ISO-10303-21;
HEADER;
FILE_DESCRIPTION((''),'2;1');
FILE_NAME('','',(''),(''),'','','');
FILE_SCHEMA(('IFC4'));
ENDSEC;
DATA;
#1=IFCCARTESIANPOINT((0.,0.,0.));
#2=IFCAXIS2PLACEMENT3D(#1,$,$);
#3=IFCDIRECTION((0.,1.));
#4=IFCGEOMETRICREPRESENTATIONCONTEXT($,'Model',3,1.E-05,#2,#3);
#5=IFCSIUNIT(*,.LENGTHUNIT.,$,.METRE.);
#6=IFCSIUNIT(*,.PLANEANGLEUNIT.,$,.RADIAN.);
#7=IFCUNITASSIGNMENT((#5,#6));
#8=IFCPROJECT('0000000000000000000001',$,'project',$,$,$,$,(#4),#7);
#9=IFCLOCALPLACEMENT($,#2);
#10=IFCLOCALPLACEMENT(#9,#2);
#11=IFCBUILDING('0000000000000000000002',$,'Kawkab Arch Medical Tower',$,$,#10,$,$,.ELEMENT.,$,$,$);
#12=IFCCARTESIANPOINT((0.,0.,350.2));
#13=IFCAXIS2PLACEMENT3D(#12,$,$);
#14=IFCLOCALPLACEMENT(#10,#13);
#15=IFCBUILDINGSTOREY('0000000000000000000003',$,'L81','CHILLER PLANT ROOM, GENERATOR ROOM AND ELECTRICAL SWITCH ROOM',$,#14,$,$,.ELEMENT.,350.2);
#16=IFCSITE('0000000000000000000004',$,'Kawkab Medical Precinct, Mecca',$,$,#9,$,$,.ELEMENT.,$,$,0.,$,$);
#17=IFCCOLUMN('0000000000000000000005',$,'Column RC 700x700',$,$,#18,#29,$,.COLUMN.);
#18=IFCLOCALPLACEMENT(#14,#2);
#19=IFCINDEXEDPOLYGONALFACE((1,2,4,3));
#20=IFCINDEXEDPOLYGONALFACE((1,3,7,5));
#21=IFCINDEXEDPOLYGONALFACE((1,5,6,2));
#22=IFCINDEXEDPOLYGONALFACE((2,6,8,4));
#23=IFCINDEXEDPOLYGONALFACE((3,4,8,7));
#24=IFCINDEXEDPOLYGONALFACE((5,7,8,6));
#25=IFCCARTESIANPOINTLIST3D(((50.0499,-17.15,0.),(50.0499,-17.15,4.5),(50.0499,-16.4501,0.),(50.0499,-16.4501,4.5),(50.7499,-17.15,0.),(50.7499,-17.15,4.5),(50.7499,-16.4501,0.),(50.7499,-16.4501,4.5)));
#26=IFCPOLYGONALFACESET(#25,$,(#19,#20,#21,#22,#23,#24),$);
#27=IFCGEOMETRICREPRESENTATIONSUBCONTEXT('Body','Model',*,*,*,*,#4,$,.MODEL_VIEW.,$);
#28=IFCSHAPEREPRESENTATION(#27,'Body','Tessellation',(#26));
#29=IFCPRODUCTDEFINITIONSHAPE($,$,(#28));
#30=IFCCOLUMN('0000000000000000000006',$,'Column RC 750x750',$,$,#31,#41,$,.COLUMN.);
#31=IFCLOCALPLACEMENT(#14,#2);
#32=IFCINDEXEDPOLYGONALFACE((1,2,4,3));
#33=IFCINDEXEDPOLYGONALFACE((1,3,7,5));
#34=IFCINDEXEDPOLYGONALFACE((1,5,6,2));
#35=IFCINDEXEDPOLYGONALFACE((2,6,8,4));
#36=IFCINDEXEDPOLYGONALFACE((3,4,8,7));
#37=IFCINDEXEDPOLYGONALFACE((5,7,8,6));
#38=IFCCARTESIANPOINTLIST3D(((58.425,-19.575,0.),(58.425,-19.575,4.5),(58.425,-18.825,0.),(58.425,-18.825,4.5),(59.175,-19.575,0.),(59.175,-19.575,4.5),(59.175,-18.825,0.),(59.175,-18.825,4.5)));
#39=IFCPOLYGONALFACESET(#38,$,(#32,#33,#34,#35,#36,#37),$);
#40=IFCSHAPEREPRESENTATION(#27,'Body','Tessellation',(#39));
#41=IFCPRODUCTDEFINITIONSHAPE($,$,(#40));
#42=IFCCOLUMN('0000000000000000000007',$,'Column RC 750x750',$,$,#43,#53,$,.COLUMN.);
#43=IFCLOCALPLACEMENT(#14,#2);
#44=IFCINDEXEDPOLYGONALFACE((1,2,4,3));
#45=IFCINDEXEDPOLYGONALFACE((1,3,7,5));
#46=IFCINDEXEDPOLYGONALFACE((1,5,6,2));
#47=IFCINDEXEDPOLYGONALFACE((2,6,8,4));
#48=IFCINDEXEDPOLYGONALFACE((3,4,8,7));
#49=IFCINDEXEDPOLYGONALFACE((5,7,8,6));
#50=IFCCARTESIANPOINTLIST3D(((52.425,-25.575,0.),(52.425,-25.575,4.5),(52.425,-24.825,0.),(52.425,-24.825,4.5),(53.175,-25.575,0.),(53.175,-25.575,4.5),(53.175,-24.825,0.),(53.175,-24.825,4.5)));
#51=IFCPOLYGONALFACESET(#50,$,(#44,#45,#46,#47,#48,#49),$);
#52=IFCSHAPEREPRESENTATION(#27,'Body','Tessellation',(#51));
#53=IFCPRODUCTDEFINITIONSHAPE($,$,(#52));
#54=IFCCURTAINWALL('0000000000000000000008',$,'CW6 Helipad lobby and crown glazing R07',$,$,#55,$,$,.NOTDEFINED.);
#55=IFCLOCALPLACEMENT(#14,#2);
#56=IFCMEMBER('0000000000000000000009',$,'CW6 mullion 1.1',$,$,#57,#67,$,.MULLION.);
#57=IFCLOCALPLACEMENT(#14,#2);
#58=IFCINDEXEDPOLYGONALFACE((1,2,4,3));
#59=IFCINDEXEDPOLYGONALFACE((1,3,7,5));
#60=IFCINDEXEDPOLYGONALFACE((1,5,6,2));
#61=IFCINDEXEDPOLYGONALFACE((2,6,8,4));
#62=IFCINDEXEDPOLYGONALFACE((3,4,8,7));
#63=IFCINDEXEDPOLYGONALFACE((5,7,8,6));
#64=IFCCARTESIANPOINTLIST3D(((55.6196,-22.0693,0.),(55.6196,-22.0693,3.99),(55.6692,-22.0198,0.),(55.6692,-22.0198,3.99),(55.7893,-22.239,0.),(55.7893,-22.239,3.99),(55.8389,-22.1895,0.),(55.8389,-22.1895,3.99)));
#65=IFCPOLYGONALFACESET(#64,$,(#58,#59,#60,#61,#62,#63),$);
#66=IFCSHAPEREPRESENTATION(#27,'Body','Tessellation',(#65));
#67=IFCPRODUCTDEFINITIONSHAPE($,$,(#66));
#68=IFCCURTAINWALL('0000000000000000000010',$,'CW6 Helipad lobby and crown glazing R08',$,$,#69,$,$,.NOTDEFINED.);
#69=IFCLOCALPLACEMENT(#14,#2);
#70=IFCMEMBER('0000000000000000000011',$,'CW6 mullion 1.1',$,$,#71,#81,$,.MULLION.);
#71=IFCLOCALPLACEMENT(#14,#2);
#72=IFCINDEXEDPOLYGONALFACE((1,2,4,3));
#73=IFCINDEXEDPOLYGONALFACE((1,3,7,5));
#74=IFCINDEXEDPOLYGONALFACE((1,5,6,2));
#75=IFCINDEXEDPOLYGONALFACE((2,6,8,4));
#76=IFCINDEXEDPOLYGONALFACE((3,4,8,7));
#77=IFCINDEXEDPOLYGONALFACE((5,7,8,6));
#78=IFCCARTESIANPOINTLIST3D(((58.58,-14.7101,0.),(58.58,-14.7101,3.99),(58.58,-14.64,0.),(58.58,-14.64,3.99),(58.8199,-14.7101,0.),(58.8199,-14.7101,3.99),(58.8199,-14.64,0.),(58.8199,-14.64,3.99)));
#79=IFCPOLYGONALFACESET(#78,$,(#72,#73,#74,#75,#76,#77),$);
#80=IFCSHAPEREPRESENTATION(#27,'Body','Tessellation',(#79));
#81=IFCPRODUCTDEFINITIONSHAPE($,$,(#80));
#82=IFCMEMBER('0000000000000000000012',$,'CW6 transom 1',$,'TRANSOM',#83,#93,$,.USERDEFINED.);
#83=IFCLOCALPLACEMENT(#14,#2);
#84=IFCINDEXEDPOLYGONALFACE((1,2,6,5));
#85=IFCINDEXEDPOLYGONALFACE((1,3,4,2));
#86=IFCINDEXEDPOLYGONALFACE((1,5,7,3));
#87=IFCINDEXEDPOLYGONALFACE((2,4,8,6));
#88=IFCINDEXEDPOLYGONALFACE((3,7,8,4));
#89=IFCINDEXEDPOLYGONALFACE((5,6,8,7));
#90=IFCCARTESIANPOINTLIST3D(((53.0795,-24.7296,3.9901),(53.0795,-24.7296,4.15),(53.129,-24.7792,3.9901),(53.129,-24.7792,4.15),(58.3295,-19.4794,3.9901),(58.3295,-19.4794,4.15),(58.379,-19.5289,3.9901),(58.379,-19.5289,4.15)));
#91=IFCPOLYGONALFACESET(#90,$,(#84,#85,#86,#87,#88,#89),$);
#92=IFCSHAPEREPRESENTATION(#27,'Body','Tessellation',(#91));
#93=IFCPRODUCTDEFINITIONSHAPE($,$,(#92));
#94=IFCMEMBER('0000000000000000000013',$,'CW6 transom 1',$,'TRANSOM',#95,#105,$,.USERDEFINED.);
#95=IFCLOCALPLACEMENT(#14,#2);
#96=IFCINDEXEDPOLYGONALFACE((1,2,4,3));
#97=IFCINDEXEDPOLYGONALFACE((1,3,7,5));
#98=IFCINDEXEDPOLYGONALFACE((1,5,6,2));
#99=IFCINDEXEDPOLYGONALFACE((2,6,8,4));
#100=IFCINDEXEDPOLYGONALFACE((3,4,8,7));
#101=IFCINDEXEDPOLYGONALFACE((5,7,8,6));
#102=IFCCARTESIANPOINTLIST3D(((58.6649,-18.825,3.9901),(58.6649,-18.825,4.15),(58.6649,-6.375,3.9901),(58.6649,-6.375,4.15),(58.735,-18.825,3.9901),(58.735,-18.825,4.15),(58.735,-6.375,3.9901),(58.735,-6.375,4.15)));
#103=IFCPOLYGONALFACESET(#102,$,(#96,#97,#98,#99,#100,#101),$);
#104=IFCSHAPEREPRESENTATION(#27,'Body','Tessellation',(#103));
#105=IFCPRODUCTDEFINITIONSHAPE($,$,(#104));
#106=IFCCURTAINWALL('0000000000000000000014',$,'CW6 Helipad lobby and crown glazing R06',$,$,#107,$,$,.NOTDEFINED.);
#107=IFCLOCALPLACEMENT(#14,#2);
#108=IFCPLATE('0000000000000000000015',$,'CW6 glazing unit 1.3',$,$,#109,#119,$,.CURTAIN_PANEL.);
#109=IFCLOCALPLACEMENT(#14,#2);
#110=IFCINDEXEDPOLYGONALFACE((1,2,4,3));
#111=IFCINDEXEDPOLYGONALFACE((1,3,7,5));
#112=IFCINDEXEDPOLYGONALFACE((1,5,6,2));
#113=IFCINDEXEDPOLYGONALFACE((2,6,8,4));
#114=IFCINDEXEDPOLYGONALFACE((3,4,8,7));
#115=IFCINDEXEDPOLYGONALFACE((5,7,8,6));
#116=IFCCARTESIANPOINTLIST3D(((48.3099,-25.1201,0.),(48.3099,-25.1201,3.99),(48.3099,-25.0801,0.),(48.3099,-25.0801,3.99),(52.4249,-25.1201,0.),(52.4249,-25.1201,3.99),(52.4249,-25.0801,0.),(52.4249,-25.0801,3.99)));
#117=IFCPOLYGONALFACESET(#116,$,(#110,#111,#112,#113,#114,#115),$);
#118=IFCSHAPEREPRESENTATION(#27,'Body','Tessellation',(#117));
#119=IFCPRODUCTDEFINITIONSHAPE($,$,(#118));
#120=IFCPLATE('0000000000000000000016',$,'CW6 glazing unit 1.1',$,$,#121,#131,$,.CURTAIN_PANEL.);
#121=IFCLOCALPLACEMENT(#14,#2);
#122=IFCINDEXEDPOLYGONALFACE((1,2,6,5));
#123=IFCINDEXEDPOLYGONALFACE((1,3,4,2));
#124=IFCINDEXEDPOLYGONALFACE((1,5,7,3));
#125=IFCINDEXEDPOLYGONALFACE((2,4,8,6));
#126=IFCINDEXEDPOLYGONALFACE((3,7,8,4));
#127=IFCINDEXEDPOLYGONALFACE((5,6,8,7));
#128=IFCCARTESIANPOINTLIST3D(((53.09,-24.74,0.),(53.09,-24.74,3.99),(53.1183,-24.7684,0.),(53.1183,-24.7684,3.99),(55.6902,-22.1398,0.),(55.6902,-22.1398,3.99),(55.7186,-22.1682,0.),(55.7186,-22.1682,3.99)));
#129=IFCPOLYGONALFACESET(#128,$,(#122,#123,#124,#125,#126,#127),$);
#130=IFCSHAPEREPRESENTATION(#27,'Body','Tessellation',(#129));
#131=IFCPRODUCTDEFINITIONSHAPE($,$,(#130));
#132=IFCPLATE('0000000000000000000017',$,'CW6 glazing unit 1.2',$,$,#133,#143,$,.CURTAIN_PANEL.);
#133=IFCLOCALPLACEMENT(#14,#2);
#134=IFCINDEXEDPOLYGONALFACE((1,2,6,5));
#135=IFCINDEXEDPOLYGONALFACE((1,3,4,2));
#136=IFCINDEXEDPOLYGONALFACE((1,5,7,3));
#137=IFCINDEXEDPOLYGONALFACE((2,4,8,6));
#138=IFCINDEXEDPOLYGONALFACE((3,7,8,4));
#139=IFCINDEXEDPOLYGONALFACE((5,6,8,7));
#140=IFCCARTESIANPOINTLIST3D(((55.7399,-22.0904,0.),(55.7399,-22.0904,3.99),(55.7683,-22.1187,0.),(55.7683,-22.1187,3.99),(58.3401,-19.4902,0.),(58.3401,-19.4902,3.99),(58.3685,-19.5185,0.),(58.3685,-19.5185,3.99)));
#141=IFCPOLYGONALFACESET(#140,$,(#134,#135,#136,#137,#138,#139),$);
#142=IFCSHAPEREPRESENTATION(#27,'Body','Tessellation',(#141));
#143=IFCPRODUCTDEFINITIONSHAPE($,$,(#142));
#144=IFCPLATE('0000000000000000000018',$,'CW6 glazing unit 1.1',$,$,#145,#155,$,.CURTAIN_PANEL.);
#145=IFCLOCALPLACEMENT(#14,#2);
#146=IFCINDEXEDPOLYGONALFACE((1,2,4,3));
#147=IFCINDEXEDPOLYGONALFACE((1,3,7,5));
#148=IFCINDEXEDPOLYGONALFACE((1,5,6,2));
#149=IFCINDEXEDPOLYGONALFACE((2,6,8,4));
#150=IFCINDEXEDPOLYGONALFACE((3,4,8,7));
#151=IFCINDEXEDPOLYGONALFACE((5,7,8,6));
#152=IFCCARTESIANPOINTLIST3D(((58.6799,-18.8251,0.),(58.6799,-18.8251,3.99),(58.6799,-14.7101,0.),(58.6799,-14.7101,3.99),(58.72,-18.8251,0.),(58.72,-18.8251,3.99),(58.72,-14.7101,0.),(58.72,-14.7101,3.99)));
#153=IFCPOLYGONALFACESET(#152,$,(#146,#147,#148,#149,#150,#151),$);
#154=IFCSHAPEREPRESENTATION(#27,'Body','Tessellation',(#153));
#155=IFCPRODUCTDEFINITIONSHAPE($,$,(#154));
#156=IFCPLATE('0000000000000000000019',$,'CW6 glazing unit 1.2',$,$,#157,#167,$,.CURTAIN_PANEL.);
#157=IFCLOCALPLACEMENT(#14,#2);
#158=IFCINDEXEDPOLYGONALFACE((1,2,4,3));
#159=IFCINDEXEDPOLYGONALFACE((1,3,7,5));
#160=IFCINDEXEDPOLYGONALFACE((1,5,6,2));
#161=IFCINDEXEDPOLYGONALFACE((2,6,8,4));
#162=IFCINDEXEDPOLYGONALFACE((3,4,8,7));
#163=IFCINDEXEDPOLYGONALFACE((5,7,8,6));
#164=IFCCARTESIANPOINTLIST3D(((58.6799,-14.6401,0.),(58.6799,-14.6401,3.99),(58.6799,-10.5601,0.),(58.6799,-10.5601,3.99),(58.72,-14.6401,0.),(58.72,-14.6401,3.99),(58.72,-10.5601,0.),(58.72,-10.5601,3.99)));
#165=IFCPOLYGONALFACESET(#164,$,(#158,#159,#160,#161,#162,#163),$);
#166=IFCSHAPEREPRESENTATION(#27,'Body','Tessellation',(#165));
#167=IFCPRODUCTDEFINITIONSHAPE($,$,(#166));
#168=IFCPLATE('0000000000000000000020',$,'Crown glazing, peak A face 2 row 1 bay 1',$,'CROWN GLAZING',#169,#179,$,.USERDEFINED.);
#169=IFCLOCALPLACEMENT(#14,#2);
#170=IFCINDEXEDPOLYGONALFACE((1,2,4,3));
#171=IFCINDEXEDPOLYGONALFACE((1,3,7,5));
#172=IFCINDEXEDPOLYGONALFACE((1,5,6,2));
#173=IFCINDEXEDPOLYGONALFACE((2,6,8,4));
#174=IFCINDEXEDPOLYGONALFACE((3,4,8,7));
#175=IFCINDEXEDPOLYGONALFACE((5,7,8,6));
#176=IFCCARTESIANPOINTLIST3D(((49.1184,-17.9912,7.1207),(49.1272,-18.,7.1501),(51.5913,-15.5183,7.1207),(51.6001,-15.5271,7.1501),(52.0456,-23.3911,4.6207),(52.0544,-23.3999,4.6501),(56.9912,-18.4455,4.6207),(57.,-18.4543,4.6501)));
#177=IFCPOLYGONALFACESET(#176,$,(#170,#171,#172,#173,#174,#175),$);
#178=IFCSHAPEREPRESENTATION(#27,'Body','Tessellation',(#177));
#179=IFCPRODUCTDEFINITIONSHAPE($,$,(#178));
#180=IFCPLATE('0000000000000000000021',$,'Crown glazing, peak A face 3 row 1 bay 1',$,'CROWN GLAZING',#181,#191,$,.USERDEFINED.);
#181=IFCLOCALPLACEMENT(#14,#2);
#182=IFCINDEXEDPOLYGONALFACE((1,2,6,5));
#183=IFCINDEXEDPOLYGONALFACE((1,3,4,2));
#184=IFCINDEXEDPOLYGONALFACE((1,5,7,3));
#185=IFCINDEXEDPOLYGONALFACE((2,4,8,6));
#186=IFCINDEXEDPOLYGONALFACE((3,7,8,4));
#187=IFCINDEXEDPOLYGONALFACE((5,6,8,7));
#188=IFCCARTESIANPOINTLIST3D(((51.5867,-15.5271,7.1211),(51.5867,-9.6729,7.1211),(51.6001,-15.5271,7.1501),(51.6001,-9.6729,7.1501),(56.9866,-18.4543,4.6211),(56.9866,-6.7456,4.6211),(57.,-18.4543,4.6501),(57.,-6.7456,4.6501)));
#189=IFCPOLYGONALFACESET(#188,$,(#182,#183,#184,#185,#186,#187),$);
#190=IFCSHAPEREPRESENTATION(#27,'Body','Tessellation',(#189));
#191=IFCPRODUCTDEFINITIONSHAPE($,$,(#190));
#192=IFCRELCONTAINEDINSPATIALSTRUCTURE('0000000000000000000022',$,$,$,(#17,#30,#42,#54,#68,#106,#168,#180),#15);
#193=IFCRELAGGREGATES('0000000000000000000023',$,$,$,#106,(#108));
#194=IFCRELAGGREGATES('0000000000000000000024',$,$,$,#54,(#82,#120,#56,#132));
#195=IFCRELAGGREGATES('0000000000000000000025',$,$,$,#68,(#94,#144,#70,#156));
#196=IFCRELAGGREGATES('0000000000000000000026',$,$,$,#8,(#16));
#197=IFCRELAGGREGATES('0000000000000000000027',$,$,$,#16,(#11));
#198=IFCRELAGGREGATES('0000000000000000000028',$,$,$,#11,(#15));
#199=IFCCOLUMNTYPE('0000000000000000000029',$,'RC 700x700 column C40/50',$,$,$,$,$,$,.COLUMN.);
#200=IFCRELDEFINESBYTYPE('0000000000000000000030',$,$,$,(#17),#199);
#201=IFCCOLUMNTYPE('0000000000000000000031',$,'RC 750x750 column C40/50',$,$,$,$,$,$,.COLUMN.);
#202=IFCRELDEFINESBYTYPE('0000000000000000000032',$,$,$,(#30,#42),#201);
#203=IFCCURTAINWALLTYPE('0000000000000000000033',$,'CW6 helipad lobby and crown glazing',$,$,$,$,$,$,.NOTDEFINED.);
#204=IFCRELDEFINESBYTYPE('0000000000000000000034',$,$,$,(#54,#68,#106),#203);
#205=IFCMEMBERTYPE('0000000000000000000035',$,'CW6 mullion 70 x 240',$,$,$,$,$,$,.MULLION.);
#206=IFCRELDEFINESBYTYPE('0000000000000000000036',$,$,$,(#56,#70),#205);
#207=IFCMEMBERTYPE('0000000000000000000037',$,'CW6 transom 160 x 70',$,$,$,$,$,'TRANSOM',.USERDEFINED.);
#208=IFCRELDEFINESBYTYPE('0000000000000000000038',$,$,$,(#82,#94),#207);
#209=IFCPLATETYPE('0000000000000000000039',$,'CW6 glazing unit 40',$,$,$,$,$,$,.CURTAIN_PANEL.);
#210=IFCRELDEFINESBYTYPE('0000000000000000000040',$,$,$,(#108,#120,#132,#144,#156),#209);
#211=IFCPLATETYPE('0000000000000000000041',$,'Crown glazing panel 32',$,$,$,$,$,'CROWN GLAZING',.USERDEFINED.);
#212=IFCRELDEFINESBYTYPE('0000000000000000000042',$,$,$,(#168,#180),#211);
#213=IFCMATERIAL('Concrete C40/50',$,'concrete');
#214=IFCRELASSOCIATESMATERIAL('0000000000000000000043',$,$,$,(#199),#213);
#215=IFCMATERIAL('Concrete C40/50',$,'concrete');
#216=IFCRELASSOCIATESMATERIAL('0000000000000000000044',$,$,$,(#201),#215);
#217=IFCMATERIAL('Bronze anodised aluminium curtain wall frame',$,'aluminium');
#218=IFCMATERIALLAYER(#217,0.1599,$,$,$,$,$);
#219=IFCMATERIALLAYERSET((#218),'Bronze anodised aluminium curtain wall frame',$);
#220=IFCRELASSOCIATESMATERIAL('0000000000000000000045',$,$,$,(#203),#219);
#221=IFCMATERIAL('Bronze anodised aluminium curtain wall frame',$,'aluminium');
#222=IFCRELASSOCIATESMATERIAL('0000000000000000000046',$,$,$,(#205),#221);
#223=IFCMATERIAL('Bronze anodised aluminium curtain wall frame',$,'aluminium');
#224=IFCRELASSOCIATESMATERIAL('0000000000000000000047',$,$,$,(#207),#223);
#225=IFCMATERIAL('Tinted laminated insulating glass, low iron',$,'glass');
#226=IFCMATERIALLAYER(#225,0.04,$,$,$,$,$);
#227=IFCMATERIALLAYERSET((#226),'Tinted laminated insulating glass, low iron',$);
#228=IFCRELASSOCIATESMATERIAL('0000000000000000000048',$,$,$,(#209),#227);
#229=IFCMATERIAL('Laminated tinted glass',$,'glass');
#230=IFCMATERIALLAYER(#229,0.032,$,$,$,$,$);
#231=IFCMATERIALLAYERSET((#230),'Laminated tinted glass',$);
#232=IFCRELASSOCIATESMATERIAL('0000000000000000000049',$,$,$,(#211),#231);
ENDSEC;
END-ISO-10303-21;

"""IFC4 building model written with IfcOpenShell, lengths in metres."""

from ifc_helpers import new_model, si_unit, direction, frame, origin, origin_2d, place, context, subcontext, project, spatial, polyline, rectangle, outline, extrude, material, layer, layer_set, material_profile, profile_set, type_object, element, aggregate, save


model = new_model("IFC4")

# Units and contexts
model_context = context("Model", 3, precision=1e-05, world=origin(), true_north=direction((0.0, 1.0)))
body_context = subcontext(model_context, "Body", "Model", "MODEL_VIEW")
ifc_project = project(units=[si_unit("LENGTHUNIT", "METRE"), si_unit("PLANEANGLEUNIT", "RADIAN")], contexts=[model_context])

# Site, building, storey
site_placement = place(None, origin())
site = spatial("IfcSite", under=ifc_project, at=site_placement, Name="Kawkab Medical Precinct, Mecca", CompositionType="ELEMENT", RefElevation=0.0)
building_placement = place(site_placement, origin())
building = spatial("IfcBuilding", under=site, at=building_placement, Name="Kawkab Arch Medical Tower", CompositionType="ELEMENT")
storey_placement = place(building_placement, frame((0.0, 0.0, 350.2)))
storey = spatial("IfcBuildingStorey", under=building, at=storey_placement, Name="L81", Description="CHILLER PLANT ROOM, GENERATOR ROOM AND ELECTRICAL SWITCH ROOM", CompositionType="ELEMENT", Elevation=350.2)

# Columns
ifc_material_1 = material(Name="Concrete C40/50", Category="concrete")
ifc_material_profile_1 = material_profile(ifc_material_1, rectangle(XDim=0.7, YDim=0.7, at=origin_2d()), Name="RC 700x700")
ifc_profile_set_1 = profile_set([ifc_material_profile_1], Name="Concrete C40/50")
column_type_1 = type_object("IfcColumnType", Name="RC 700x700 column C40/50", PredefinedType="COLUMN", material=ifc_profile_set_1)
column_placement = place(storey_placement, frame((50.3999, -16.8, 0.0), z_axis=(0.0, 0.0, 1.0), x_axis=(1.0, 0.0, 0.0)))
element("IfcColumn", 1, at=column_placement, inside=storey, type_object=column_type_1, Name="Column RC 700x700", PredefinedType="COLUMN", context=body_context, shape_type="SweptSolid", body=[
    extrude(rectangle(XDim=0.7, YDim=0.7, at=origin_2d()), origin(), (0.0, 0.0, 1.0), 4.5),
])
ifc_material_2 = material(Name="Concrete C40/50", Category="concrete")
ifc_material_profile_2 = material_profile(ifc_material_2, rectangle(XDim=0.75, YDim=0.75, at=origin_2d()), Name="RC 750x750")
ifc_profile_set_2 = profile_set([ifc_material_profile_2], Name="Concrete C40/50")
column_type_2 = type_object("IfcColumnType", Name="RC 750x750 column C40/50", PredefinedType="COLUMN", material=ifc_profile_set_2)
for number, where, z_axis, x_axis, name in (
    (2, (58.8, -19.2, 0.0), (0.0, 0.0, 1.0), (1.0, 0.0, 0.0), "Column RC 750x750"),
    (3, (52.8, -25.2, 0.0), (0.0, 0.0, 1.0), (1.0, 0.0, 0.0), "Column RC 750x750"),
):
    element("IfcColumn", number, at=place(storey_placement, frame(where, z_axis=z_axis, x_axis=x_axis)), inside=storey, type_object=column_type_2, Name=name, PredefinedType="COLUMN", context=body_context, shape_type="SweptSolid", body=[
        extrude(rectangle(XDim=0.75, YDim=0.75, at=origin_2d()), origin(), (0.0, 0.0, 1.0), 4.5),
    ])

# Curtain walls, members
ifc_material_3 = material(Name="Bronze anodised aluminium curtain wall frame", Category="aluminium")
ifc_layer_1 = layer(ifc_material_3, 0.1599)
ifc_layer_set_1 = layer_set([ifc_layer_1], Name="Bronze anodised aluminium curtain wall frame")
curtain_wall_type = type_object("IfcCurtainWallType", Name="CW6 helipad lobby and crown glazing", PredefinedType="NOTDEFINED", material=ifc_layer_set_1)
placement = place(storey_placement, origin())
curtain_wall_1 = element("IfcCurtainWall", 4, at=placement, inside=storey, type_object=curtain_wall_type, Name="CW6 Helipad lobby and crown glazing R07", PredefinedType="NOTDEFINED")
ifc_material_4 = material(Name="Bronze anodised aluminium curtain wall frame", Category="aluminium")
ifc_material_profile_3 = material_profile(ifc_material_4, rectangle(XDim=0.24, YDim=0.0701, at=origin_2d()), Name="AL 70x240")
ifc_profile_set_3 = profile_set([ifc_material_profile_3], Name="Bronze anodised aluminium curtain wall frame")
member_type_1 = type_object("IfcMemberType", Name="CW6 mullion 70 x 240", PredefinedType="MULLION", material=ifc_profile_set_3)
member_1_placement = place(storey_placement, frame((55.7292, -22.1294, 0.0), z_axis=(0.0, 0.0, 1.0), x_axis=(-0.707107, 0.707107, 0.0)))
member_1 = element("IfcMember", 5, at=member_1_placement, type_object=member_type_1, Name="CW6 mullion 1.1", PredefinedType="MULLION", context=body_context, shape_type="SweptSolid", body=[
    extrude(rectangle(XDim=0.24, YDim=0.0701, at=origin_2d()), origin(), (0.0, 0.0, 1.0), 3.99),
])
curtain_wall_2 = element("IfcCurtainWall", 6, at=placement, inside=storey, type_object=curtain_wall_type, Name="CW6 Helipad lobby and crown glazing R08", PredefinedType="NOTDEFINED")
member_2_placement = place(storey_placement, frame((58.7, -14.675, 0.0), z_axis=(0.0, 0.0, 1.0), x_axis=(-1.0, 0.0, 0.0)))
member_2 = element("IfcMember", 7, at=member_2_placement, type_object=member_type_1, Name="CW6 mullion 1.1", PredefinedType="MULLION", context=body_context, shape_type="SweptSolid", body=[
    extrude(rectangle(XDim=0.24, YDim=0.0701, at=origin_2d()), origin(), (0.0, 0.0, 1.0), 3.99),
])

# Members
ifc_material_5 = material(Name="Bronze anodised aluminium curtain wall frame", Category="aluminium")
ifc_material_profile_4 = material_profile(ifc_material_5, rectangle(XDim=0.0701, YDim=0.1599, at=origin_2d()), Name="AL 70x160")
ifc_profile_set_4 = profile_set([ifc_material_profile_4], Name="Bronze anodised aluminium curtain wall frame")
member_type_2 = type_object("IfcMemberType", Name="CW6 transom 160 x 70", ElementType="TRANSOM", PredefinedType="USERDEFINED", material=ifc_profile_set_4)
member_3_placement = place(storey_placement, frame((53.1042, -24.7544, 4.0701), z_axis=(0.70709, 0.707123, 0.0), x_axis=(-0.707123, 0.70709, 0.0)))
member_3 = element("IfcMember", 8, at=member_3_placement, type_object=member_type_2, Name="CW6 transom 1", ObjectType="TRANSOM", PredefinedType="USERDEFINED", context=body_context, shape_type="SweptSolid", body=[
    extrude(rectangle(XDim=0.0701, YDim=0.1599, at=origin_2d()), origin(), (0.0, 0.0, 1.0), 7.4248),
])
member_4_placement = place(storey_placement, frame((58.7, -18.825, 4.0701), z_axis=(0.0, 1.0, 0.0), x_axis=(-1.0, 0.0, 0.0)))
member_4 = element("IfcMember", 9, at=member_4_placement, type_object=member_type_2, Name="CW6 transom 1", ObjectType="TRANSOM", PredefinedType="USERDEFINED", context=body_context, shape_type="SweptSolid", body=[
    extrude(rectangle(XDim=0.0701, YDim=0.1599, at=origin_2d()), origin(), (0.0, 0.0, 1.0), 12.45),
])

# Curtain wall, plate
curtain_wall_3 = element("IfcCurtainWall", 10, at=placement, inside=storey, type_object=curtain_wall_type, Name="CW6 Helipad lobby and crown glazing R06", PredefinedType="NOTDEFINED")
ifc_material_6 = material(Name="Tinted laminated insulating glass, low iron", Category="glass")
ifc_layer_2 = layer(ifc_material_6, 0.04)
ifc_layer_set_2 = layer_set([ifc_layer_2], Name="Tinted laminated insulating glass, low iron")
plate_type_1 = type_object("IfcPlateType", Name="CW6 glazing unit 40", PredefinedType="CURTAIN_PANEL", material=ifc_layer_set_2)
plate_1_placement = place(storey_placement, frame((50.3674, -25.1001, 0.0), z_axis=(0.0, 0.0, 1.0), x_axis=(1.0, 0.0, 0.0)))
plate_1 = element("IfcPlate", 11, at=plate_1_placement, type_object=plate_type_1, Name="CW6 glazing unit 1.3", PredefinedType="CURTAIN_PANEL", context=body_context, shape_type="SweptSolid", body=[
    extrude(rectangle(XDim=4.115, YDim=0.04, at=origin_2d()), origin(), (0.0, 0.0, 1.0), 3.99),
])
aggregate(curtain_wall_3, [plate_1])

# Plates
plate_2_placement = place(storey_placement, frame((54.4043, -23.4541, 0.0), z_axis=(0.0, 0.0, 1.0), x_axis=(0.707107, 0.707107, 0.0)))
plate_2 = element("IfcPlate", 12, at=plate_2_placement, type_object=plate_type_1, Name="CW6 glazing unit 1.1", PredefinedType="CURTAIN_PANEL", context=body_context, shape_type="SweptSolid", body=[
    extrude(rectangle(XDim=3.6772, YDim=0.04, at=origin_2d()), origin(), (0.0, 0.0, 1.0), 3.99),
])
plate_3_placement = place(storey_placement, frame((57.0542, -20.8044, 0.0), z_axis=(0.0, 0.0, 1.0), x_axis=(0.707107, 0.707107, 0.0)))
plate_3 = element("IfcPlate", 13, at=plate_3_placement, type_object=plate_type_1, Name="CW6 glazing unit 1.2", PredefinedType="CURTAIN_PANEL", context=body_context, shape_type="SweptSolid", body=[
    extrude(rectangle(XDim=3.6772, YDim=0.04, at=origin_2d()), origin(), (0.0, 0.0, 1.0), 3.99),
])
aggregate(curtain_wall_1, [member_3, plate_2, member_1, plate_3])
plate_4_placement = place(storey_placement, frame((58.7, -16.7676, 0.0), z_axis=(0.0, 0.0, 1.0), x_axis=(0.0, 1.0, 0.0)))
plate_4 = element("IfcPlate", 14, at=plate_4_placement, type_object=plate_type_1, Name="CW6 glazing unit 1.1", PredefinedType="CURTAIN_PANEL", context=body_context, shape_type="SweptSolid", body=[
    extrude(rectangle(XDim=4.115, YDim=0.04, at=origin_2d()), origin(), (0.0, 0.0, 1.0), 3.99),
])
plate_5_placement = place(storey_placement, frame((58.7, -12.6001, 0.0), z_axis=(0.0, 0.0, 1.0), x_axis=(0.0, 1.0, 0.0)))
plate_5 = element("IfcPlate", 15, at=plate_5_placement, type_object=plate_type_1, Name="CW6 glazing unit 1.2", PredefinedType="CURTAIN_PANEL", context=body_context, shape_type="SweptSolid", body=[
    extrude(rectangle(XDim=4.0801, YDim=0.04, at=origin_2d()), origin(), (0.0, 0.0, 1.0), 3.99),
])
aggregate(curtain_wall_2, [member_4, plate_4, member_2, plate_5])

# Plates
ifc_material_7 = material(Name="Laminated tinted glass", Category="glass")
ifc_layer_3 = layer(ifc_material_7, 0.032)
ifc_layer_set_3 = layer_set([ifc_layer_3], Name="Laminated tinted glass")
plate_type_2 = type_object("IfcPlateType", Name="Crown glazing panel 32", ElementType="CROWN GLAZING", PredefinedType="USERDEFINED", material=ifc_layer_set_3)
plate_6_placement = place(storey_placement, frame((52.0544, -23.3999, 4.6501), z_axis=(0.276346, -0.276346, 0.92047), x_axis=(0.707107, 0.707107, 0.0)))
element("IfcPlate", 16, at=plate_6_placement, inside=storey, type_object=plate_type_2, Name="Crown glazing, peak A face 2 row 1 bay 1", ObjectType="CROWN GLAZING", PredefinedType="USERDEFINED", context=body_context, shape_type="SweptSolid", body=[
    extrude(outline(polyline([(0.0, 0.0), (6.9941, 0.0), (5.2456, 6.3969), (1.7484, 6.3969), (0.0, 0.0)])), origin(), (0.0, 0.0, -1.0), 0.032),
])
plate_7_placement = place(storey_placement, frame((57.0, -18.4543, 4.6501), z_axis=(0.42013, 0.0, 0.907464), x_axis=(0.0, 1.0, 0.0)))
element("IfcPlate", 17, at=plate_7_placement, inside=storey, type_object=plate_type_2, Name="Crown glazing, peak A face 3 row 1 bay 1", ObjectType="CROWN GLAZING", PredefinedType="USERDEFINED", context=body_context, shape_type="SweptSolid", body=[
    extrude(outline(polyline([(0.0, 0.0), (11.7087, 0.0), (8.7815, 5.9505), (2.9272, 5.9505), (0.0, 0.0)])), origin(), (0.0, 0.0, -1.0), 0.032),
])

save(model, "model.ifc")
